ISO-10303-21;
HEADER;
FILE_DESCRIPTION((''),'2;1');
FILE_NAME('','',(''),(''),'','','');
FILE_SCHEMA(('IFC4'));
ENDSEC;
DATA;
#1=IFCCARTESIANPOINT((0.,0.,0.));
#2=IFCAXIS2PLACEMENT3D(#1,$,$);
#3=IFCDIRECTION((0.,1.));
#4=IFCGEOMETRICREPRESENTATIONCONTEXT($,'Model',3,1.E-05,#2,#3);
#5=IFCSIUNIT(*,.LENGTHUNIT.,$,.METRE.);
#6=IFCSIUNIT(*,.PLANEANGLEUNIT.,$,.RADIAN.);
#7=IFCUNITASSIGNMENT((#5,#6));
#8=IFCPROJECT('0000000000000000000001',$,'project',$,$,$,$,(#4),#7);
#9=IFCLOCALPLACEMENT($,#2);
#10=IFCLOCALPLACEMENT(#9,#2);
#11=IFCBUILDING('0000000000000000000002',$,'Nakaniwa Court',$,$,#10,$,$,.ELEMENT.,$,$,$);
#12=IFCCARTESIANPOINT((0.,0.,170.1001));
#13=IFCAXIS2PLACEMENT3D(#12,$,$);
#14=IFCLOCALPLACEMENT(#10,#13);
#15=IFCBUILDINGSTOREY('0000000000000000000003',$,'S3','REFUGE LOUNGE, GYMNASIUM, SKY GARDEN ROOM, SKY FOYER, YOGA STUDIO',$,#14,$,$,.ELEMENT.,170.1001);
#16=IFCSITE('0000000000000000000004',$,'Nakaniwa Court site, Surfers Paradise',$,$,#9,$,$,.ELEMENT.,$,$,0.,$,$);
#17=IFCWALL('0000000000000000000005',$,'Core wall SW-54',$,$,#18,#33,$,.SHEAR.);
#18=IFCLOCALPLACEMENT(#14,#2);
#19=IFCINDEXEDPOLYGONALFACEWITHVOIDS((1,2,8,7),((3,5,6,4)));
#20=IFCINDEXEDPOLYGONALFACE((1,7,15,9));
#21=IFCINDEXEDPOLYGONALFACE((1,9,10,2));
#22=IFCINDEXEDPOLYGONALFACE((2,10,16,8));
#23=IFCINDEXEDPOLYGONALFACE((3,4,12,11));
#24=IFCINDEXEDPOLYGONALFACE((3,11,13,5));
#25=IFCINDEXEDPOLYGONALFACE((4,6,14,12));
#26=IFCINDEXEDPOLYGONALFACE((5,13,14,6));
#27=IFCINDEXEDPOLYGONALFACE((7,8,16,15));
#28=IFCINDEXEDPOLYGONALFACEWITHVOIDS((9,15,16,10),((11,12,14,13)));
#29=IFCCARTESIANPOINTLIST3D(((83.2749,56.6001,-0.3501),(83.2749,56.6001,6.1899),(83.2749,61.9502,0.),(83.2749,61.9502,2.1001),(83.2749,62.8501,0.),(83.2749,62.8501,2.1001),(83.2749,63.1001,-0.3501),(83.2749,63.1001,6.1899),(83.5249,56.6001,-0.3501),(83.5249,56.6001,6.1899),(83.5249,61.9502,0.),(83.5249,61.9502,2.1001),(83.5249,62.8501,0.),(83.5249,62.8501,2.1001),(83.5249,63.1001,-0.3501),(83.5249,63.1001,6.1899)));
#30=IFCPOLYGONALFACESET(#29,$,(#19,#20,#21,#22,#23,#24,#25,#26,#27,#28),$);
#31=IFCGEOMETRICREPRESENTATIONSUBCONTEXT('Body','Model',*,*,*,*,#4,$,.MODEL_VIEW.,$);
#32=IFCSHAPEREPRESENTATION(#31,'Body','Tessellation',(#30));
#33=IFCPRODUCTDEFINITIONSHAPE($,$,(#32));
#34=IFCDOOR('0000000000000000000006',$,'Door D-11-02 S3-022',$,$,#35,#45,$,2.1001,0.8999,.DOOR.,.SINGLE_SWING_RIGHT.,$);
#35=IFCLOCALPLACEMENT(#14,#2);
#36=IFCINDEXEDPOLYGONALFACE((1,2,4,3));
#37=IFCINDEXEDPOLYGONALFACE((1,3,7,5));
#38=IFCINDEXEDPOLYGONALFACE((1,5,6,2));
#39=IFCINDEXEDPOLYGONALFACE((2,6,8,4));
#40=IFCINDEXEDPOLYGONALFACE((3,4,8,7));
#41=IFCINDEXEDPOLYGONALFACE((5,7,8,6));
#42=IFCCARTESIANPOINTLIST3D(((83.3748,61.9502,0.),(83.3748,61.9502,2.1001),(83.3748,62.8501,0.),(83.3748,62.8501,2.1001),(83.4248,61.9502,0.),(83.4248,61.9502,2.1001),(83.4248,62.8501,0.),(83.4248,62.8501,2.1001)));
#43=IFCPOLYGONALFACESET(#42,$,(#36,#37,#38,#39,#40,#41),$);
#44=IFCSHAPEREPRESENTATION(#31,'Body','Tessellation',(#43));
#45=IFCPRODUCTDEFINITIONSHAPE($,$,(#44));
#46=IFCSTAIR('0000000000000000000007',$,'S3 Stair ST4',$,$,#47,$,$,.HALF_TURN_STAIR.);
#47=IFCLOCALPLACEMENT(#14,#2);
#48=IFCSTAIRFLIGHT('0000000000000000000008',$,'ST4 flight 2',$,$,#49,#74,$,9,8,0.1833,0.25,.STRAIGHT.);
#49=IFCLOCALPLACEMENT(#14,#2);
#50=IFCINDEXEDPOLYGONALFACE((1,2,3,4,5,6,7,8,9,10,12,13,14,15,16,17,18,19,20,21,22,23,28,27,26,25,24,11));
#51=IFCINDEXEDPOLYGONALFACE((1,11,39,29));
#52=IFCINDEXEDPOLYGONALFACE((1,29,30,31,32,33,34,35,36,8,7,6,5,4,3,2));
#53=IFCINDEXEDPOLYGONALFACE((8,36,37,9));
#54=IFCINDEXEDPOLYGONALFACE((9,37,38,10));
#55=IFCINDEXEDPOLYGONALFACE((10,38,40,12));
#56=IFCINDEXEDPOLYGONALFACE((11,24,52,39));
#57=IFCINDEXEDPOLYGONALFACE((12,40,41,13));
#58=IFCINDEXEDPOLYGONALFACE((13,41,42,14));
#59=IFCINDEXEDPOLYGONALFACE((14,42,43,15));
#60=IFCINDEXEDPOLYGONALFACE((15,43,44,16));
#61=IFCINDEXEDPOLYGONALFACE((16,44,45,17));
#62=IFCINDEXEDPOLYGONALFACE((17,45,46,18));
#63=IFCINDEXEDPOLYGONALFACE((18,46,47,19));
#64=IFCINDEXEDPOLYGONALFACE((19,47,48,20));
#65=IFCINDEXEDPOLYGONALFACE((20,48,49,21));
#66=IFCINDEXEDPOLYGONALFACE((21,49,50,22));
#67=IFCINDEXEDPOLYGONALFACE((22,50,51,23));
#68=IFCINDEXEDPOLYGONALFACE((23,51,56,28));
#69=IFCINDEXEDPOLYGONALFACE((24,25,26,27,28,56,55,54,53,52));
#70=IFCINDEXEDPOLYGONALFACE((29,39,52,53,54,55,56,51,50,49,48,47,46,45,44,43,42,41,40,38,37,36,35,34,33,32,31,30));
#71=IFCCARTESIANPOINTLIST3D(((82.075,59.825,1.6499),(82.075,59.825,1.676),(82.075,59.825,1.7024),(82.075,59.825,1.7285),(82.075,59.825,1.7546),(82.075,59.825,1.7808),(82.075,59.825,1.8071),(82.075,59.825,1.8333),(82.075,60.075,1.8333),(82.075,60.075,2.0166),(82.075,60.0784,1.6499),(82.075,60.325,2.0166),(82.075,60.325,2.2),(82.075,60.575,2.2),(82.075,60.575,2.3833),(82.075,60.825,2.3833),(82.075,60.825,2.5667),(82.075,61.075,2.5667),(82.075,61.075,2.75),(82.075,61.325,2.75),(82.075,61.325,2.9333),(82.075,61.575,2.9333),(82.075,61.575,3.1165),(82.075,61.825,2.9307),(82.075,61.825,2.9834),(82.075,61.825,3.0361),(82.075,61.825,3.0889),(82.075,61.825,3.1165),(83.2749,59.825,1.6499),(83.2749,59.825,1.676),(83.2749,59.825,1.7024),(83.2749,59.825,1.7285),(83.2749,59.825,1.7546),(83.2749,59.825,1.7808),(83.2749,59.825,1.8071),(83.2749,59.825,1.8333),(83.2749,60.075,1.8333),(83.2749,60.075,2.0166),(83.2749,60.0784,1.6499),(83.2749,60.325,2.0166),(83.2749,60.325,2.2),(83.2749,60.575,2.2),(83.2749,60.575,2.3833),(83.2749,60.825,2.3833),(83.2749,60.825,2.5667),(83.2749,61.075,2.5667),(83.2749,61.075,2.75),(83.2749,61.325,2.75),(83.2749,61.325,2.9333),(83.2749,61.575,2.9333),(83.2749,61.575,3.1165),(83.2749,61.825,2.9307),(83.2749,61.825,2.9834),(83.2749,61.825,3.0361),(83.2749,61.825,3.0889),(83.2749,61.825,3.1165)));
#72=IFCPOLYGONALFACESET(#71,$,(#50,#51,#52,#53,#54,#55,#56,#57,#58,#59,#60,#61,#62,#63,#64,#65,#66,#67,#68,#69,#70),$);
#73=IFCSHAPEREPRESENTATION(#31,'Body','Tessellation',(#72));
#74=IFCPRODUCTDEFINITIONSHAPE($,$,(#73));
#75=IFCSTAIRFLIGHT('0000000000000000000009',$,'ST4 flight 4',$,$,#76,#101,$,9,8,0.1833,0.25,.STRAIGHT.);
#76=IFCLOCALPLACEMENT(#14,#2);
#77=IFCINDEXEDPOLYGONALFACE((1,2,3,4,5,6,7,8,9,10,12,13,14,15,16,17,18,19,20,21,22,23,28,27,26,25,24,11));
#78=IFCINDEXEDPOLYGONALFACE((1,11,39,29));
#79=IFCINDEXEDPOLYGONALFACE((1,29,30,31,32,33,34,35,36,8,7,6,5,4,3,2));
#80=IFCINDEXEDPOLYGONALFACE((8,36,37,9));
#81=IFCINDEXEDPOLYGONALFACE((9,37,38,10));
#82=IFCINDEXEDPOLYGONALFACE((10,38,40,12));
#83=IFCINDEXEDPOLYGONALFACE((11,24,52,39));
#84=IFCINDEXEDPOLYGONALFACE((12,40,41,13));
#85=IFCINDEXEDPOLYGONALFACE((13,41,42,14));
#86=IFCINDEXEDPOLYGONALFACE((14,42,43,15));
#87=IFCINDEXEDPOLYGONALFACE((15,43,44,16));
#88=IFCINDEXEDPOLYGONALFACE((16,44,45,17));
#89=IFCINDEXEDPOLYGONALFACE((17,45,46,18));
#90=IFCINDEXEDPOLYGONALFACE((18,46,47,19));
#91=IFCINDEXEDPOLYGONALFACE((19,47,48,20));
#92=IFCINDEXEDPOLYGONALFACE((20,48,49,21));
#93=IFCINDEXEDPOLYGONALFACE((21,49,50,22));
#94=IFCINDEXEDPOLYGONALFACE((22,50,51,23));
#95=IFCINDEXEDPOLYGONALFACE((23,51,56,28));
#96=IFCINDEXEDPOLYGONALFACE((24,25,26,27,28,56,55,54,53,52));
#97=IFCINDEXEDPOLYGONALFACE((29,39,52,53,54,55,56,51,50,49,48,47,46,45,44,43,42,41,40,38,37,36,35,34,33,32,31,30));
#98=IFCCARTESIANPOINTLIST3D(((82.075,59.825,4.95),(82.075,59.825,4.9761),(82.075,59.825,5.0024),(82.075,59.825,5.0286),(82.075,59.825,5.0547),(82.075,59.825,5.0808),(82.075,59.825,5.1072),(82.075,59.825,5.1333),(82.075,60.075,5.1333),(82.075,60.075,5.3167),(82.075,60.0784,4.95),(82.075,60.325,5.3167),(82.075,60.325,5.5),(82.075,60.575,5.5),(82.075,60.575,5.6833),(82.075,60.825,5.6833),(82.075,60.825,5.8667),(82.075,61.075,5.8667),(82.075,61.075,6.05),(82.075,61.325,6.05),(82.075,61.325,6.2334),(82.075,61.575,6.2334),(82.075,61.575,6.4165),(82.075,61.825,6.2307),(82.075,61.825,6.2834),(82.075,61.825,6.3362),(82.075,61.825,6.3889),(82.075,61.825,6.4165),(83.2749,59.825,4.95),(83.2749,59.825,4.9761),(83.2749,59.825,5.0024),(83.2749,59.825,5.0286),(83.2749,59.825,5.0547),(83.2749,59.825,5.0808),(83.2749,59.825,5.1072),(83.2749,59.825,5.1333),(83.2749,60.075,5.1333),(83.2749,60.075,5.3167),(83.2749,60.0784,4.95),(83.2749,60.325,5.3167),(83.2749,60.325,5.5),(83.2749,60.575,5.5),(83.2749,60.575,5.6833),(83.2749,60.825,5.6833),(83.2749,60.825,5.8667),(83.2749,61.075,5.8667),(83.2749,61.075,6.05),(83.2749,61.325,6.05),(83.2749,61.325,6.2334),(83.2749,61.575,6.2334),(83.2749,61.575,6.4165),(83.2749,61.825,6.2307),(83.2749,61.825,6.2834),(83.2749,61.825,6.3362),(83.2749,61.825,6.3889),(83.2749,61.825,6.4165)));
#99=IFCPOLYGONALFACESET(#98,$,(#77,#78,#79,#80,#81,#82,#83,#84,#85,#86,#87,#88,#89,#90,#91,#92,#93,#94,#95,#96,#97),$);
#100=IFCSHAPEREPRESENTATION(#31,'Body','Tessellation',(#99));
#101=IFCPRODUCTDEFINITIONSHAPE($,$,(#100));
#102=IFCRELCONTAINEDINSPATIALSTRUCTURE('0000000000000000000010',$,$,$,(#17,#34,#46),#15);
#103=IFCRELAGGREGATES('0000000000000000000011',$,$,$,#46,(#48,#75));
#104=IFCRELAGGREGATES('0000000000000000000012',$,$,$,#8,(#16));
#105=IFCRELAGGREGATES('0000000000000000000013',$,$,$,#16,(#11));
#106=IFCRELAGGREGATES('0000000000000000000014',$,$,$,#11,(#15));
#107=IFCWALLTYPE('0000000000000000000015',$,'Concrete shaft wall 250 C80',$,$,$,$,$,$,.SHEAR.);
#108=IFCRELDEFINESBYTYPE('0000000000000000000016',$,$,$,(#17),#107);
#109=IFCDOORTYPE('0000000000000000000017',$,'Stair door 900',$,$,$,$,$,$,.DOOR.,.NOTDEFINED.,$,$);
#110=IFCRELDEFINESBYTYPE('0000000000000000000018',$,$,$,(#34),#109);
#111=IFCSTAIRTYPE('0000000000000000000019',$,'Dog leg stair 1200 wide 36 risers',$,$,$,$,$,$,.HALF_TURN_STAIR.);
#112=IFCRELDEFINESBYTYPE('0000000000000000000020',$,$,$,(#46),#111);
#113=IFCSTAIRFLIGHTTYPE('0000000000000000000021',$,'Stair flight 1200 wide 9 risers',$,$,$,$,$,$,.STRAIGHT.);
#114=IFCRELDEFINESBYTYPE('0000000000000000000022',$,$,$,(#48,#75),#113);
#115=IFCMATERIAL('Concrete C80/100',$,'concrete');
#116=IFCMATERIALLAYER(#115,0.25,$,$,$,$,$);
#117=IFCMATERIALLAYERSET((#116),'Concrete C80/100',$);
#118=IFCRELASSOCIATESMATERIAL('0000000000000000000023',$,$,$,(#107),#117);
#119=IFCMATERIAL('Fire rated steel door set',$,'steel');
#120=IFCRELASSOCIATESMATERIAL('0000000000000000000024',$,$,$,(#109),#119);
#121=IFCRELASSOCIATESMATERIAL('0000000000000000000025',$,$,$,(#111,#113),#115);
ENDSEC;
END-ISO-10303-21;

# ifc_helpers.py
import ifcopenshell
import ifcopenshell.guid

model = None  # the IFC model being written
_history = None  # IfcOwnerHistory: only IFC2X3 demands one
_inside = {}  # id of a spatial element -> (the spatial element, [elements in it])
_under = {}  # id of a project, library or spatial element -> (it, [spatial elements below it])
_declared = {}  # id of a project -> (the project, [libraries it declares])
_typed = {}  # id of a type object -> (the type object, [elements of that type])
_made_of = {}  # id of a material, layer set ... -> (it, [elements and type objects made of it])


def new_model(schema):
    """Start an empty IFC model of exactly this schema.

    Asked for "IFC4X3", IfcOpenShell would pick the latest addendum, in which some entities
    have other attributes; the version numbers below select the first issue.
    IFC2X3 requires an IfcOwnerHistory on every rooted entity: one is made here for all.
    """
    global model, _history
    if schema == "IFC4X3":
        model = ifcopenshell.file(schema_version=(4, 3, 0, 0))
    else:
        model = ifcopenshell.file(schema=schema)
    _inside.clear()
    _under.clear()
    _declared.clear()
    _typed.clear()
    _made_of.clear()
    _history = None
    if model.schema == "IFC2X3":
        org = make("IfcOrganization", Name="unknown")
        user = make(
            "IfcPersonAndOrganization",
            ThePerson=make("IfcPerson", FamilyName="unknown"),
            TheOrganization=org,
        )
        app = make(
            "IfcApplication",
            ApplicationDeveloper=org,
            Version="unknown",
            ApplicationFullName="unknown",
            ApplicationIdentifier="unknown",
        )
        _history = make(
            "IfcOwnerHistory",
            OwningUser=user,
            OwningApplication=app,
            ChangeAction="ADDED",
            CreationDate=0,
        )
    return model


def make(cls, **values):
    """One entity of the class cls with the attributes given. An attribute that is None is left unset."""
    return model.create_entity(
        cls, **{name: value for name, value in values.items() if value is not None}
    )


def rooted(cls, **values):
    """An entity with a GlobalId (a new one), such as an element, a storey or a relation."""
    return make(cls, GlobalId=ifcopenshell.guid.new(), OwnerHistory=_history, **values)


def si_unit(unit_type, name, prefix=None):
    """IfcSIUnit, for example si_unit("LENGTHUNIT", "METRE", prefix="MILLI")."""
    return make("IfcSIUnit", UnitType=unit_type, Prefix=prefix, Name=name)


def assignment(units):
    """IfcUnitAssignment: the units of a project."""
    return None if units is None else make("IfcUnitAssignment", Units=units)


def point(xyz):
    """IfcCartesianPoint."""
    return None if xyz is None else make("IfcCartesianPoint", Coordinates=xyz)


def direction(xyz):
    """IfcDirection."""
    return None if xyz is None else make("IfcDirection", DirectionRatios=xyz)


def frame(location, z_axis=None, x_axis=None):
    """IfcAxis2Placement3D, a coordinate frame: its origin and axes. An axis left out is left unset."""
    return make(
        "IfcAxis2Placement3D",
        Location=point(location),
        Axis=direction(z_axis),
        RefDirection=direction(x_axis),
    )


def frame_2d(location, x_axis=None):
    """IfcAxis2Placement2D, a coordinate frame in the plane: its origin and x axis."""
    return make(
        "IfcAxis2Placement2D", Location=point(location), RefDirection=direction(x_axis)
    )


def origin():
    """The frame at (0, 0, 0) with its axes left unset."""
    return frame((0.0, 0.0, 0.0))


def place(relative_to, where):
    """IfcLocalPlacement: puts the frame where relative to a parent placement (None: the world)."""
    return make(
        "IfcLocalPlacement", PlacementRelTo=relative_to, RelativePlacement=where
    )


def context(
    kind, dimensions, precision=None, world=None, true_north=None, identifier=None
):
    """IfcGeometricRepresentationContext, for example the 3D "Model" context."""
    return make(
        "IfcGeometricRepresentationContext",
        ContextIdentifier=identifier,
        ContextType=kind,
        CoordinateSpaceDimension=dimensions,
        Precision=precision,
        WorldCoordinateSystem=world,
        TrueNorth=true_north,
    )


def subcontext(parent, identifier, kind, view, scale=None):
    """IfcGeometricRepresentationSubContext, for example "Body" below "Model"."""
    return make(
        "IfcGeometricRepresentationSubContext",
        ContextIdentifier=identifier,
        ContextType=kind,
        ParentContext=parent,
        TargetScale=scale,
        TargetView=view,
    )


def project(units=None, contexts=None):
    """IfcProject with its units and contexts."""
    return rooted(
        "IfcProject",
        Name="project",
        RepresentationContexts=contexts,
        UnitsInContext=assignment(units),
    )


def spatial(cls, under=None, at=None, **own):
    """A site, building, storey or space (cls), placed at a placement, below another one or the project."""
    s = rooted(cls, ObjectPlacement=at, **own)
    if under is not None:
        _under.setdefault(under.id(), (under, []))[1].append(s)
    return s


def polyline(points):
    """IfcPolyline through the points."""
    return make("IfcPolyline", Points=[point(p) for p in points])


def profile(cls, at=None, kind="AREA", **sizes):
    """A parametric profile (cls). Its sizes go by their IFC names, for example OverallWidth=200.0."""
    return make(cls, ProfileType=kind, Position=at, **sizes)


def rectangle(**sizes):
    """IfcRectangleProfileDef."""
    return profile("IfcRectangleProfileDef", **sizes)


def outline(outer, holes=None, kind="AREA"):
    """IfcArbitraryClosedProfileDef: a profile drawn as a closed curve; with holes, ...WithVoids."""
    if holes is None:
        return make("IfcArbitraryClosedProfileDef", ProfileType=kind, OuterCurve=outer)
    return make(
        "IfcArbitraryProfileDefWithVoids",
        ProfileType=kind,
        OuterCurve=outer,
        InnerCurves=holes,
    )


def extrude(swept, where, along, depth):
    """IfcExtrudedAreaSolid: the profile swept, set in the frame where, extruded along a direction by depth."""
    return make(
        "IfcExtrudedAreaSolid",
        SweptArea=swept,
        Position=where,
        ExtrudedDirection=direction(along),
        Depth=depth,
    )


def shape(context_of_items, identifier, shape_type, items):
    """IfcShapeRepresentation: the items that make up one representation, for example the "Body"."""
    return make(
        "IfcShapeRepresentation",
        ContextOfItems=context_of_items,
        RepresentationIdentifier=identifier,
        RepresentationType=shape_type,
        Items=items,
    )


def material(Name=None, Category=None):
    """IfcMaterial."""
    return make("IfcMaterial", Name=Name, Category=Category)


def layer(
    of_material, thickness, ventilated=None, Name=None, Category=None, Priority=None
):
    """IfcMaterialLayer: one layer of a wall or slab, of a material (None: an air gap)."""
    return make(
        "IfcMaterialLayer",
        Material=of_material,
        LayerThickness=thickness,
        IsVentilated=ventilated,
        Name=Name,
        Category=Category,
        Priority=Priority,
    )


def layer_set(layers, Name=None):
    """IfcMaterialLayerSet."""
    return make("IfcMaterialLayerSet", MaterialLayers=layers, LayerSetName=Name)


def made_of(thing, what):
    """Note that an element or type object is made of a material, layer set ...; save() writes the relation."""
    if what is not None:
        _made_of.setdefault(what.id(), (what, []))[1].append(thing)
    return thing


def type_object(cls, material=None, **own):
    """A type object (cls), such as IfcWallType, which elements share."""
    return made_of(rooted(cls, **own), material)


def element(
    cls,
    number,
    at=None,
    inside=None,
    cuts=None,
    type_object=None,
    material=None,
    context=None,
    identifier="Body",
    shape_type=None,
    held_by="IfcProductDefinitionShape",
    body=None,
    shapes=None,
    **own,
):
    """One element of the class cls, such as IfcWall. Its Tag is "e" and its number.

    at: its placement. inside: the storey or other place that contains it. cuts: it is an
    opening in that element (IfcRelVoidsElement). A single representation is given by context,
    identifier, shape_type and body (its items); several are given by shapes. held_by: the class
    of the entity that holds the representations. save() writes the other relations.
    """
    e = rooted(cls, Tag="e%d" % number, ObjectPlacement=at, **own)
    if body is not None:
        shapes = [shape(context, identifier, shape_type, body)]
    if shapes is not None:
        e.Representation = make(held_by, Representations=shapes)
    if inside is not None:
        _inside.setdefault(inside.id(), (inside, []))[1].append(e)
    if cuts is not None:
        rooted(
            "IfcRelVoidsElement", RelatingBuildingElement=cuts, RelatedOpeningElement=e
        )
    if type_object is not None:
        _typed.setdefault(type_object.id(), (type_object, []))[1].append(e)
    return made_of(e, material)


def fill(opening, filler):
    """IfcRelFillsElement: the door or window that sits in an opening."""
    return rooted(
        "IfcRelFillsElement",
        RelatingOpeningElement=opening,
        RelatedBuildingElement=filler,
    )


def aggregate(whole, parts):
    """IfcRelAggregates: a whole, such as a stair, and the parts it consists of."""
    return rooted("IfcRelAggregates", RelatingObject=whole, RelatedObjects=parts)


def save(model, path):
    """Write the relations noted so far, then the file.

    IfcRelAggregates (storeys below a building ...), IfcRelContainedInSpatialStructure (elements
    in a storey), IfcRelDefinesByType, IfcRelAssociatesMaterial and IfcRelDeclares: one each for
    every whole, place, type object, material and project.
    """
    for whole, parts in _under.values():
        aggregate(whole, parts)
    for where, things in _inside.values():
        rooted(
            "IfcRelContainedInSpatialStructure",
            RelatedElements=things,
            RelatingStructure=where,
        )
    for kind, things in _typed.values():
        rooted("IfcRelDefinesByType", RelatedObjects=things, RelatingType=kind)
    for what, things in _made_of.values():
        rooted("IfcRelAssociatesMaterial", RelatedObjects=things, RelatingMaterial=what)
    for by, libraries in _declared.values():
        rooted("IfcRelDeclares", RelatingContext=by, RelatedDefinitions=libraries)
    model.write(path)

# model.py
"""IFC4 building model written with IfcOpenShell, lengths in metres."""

from ifc_helpers import new_model, si_unit, direction, frame, frame_2d, origin, place, context, subcontext, project, spatial, polyline, rectangle, outline, extrude, material, layer, layer_set, type_object, element, fill, aggregate, save


model = new_model("IFC4")

# Units and contexts
model_context = context("Model", 3, precision=1e-05, world=origin(), true_north=direction((0.0, 1.0)))
body_context = subcontext(model_context, "Body", "Model", "MODEL_VIEW")
ifc_project = project(units=[si_unit("LENGTHUNIT", "METRE"), si_unit("PLANEANGLEUNIT", "RADIAN")], contexts=[model_context])

# Site, building, storey
site_placement = place(None, origin())
site = spatial("IfcSite", under=ifc_project, at=site_placement, Name="Nakaniwa Court site, Surfers Paradise", CompositionType="ELEMENT", RefElevation=0.0)
building_placement = place(site_placement, origin())
building = spatial("IfcBuilding", under=site, at=building_placement, Name="Nakaniwa Court", CompositionType="ELEMENT")
storey_placement = place(building_placement, frame((0.0, 0.0, 170.1001)))
storey = spatial("IfcBuildingStorey", under=building, at=storey_placement, Name="S3", Description="REFUGE LOUNGE, GYMNASIUM, SKY GARDEN ROOM, SKY FOYER, YOGA STUDIO", CompositionType="ELEMENT", Elevation=170.1001)

# Shared definitions
ifc_material_1 = material(Name="Concrete C80/100", Category="concrete")

# Shared definitions
ifc_material_2 = material(Name="Fire rated steel door set", Category="steel")

# Shared definitions
ifc_layer_1 = layer(ifc_material_1, 0.25)
ifc_layer_set_1 = layer_set([ifc_layer_1], Name="Concrete C80/100")
wall_type_1 = type_object("IfcWallType", Name="Concrete shaft wall 250 C80", PredefinedType="SHEAR", material=ifc_layer_set_1)

# Wall, opening, door
wall_1_placement = place(storey_placement, frame((83.3999, 63.1001, -0.3501), z_axis=(0.0, 0.0, 1.0), x_axis=(0.0, -1.0, 0.0)))
wall_1 = element("IfcWall", 1, at=wall_1_placement, inside=storey, type_object=wall_type_1, Name="Core wall SW-54", PredefinedType="SHEAR", context=body_context, shape_type="SweptSolid", body=[
    extrude(rectangle(XDim=6.5, YDim=0.25, at=frame_2d((3.25, 0.0))), origin(), (0.0, 0.0, 1.0), 6.54),
])
opening_1_placement = place(wall_1_placement, frame((0.25, 0.0, 0.3501)))
opening_1 = element("IfcOpeningElement", 2, at=opening_1_placement, cuts=wall_1, PredefinedType="OPENING", context=body_context, shape_type="SweptSolid", body=[
    extrude(rectangle(XDim=0.8999, YDim=2.1001, at=frame_2d((0.45, 1.05))), frame((0.0, 0.135, 0.0), z_axis=(0.0, -1.0, 0.0), x_axis=(1.0, 0.0, 0.0)), (0.0, 0.0, 1.0), 0.27),
])
door_type_1 = type_object("IfcDoorType", Name="Stair door 900", OperationType="NOTDEFINED", PredefinedType="DOOR", material=ifc_material_2)
door_1_placement = place(opening_1_placement, origin())
door_1 = element("IfcDoor", 3, at=door_1_placement, inside=storey, type_object=door_type_1, Name="Door D-11-02 S3-022", OperationType="SINGLE_SWING_RIGHT", OverallHeight=2.1001, OverallWidth=0.8999, PredefinedType="DOOR", context=body_context, shape_type="SweptSolid", body=[
    extrude(rectangle(XDim=0.8999, YDim=2.1001, at=frame_2d((0.45, 1.05))), frame((0.0, 0.0249, 0.0), z_axis=(0.0, -1.0, 0.0), x_axis=(1.0, 0.0, 0.0)), (0.0, 0.0, 1.0), 0.05),
])
fill(opening_1, door_1)

# Stair, stair flights
stair_type = type_object("IfcStairType", Name="Dog leg stair 1200 wide 36 risers", PredefinedType="HALF_TURN_STAIR", material=ifc_material_1)
stair_placement = place(storey_placement, origin())
stair = element("IfcStair", 4, at=stair_placement, inside=storey, type_object=stair_type, Name="S3 Stair ST4", PredefinedType="HALF_TURN_STAIR")
stair_flight_type = type_object("IfcStairFlightType", Name="Stair flight 1200 wide 9 risers", PredefinedType="STRAIGHT", material=ifc_material_1)
stair_flight_1_placement = place(storey_placement, frame((82.675, 59.825, 1.6499), z_axis=(0.0, 0.0, 1.0), x_axis=(0.0, 1.0, 0.0)))
stair_flight_1 = element("IfcStairFlight", 5, at=stair_flight_1_placement, type_object=stair_flight_type, Name="ST4 flight 2", NumberOfRisers=9, NumberOfTreads=8, PredefinedType="STRAIGHT", RiserHeight=0.1833, TreadLength=0.25, context=body_context, shape_type="SweptSolid", body=[
    extrude(outline(polyline([(0.0, 0.0), (0.0, 0.0261), (0.0, 0.0525), (0.0, 0.0786), (0.0, 0.1047), (0.0, 0.1309), (0.0, 0.1572), (0.0, 0.1833), (0.25, 0.1833), (0.25, 0.3667), (0.5, 0.3667), (0.5, 0.55), (0.75, 0.55), (0.75, 0.7334), (1.0, 0.7334), (1.0, 0.9167), (1.25, 0.9167), (1.25, 1.1001), (1.5, 1.1001), (1.5, 1.2834), (1.75, 1.2834), (1.75, 1.4666), (2.0, 1.4666), (2.0, 1.6499), (2.0, 1.5972), (2.0, 1.5444), (2.0, 1.4917), (2.0, 1.439), (2.0, 1.3862), (2.0, 1.3335), (2.0, 1.2808), (0.2534, 0.0), (0.0, 0.0)])), frame((0.0, 0.6001, 0.0), z_axis=(0.0, -1.0, 0.0), x_axis=(1.0, 0.0, 0.0)), (0.0, 0.0, 1.0), 1.2),
])
stair_flight_2_placement = place(storey_placement, frame((82.675, 59.825, 4.95), z_axis=(0.0, 0.0, 1.0), x_axis=(0.0, 1.0, 0.0)))
stair_flight_2 = element("IfcStairFlight", 6, at=stair_flight_2_placement, type_object=stair_flight_type, Name="ST4 flight 4", NumberOfRisers=9, NumberOfTreads=8, PredefinedType="STRAIGHT", RiserHeight=0.1833, TreadLength=0.25, context=body_context, shape_type="SweptSolid", body=[
    extrude(outline(polyline([(0.0, 0.0), (0.0, 0.0261), (0.0, 0.0525), (0.0, 0.0786), (0.0, 0.1047), (0.0, 0.1309), (0.0, 0.1572), (0.0, 0.1833), (0.25, 0.1833), (0.25, 0.3667), (0.5, 0.3667), (0.5, 0.55), (0.75, 0.55), (0.75, 0.7334), (1.0, 0.7334), (1.0, 0.9167), (1.25, 0.9167), (1.25, 1.1001), (1.5, 1.1001), (1.5, 1.2834), (1.75, 1.2834), (1.75, 1.4666), (2.0, 1.4666), (2.0, 1.6499), (2.0, 1.5972), (2.0, 1.5444), (2.0, 1.4917), (2.0, 1.439), (2.0, 1.3862), (2.0, 1.3335), (2.0, 1.2808), (0.2534, 0.0), (0.0, 0.0)])), frame((0.0, 0.6001, 0.0), z_axis=(0.0, -1.0, 0.0), x_axis=(1.0, 0.0, 0.0)), (0.0, 0.0, 1.0), 1.2),
])
aggregate(stair, [stair_flight_1, stair_flight_2])

save(model, "model.ifc")
